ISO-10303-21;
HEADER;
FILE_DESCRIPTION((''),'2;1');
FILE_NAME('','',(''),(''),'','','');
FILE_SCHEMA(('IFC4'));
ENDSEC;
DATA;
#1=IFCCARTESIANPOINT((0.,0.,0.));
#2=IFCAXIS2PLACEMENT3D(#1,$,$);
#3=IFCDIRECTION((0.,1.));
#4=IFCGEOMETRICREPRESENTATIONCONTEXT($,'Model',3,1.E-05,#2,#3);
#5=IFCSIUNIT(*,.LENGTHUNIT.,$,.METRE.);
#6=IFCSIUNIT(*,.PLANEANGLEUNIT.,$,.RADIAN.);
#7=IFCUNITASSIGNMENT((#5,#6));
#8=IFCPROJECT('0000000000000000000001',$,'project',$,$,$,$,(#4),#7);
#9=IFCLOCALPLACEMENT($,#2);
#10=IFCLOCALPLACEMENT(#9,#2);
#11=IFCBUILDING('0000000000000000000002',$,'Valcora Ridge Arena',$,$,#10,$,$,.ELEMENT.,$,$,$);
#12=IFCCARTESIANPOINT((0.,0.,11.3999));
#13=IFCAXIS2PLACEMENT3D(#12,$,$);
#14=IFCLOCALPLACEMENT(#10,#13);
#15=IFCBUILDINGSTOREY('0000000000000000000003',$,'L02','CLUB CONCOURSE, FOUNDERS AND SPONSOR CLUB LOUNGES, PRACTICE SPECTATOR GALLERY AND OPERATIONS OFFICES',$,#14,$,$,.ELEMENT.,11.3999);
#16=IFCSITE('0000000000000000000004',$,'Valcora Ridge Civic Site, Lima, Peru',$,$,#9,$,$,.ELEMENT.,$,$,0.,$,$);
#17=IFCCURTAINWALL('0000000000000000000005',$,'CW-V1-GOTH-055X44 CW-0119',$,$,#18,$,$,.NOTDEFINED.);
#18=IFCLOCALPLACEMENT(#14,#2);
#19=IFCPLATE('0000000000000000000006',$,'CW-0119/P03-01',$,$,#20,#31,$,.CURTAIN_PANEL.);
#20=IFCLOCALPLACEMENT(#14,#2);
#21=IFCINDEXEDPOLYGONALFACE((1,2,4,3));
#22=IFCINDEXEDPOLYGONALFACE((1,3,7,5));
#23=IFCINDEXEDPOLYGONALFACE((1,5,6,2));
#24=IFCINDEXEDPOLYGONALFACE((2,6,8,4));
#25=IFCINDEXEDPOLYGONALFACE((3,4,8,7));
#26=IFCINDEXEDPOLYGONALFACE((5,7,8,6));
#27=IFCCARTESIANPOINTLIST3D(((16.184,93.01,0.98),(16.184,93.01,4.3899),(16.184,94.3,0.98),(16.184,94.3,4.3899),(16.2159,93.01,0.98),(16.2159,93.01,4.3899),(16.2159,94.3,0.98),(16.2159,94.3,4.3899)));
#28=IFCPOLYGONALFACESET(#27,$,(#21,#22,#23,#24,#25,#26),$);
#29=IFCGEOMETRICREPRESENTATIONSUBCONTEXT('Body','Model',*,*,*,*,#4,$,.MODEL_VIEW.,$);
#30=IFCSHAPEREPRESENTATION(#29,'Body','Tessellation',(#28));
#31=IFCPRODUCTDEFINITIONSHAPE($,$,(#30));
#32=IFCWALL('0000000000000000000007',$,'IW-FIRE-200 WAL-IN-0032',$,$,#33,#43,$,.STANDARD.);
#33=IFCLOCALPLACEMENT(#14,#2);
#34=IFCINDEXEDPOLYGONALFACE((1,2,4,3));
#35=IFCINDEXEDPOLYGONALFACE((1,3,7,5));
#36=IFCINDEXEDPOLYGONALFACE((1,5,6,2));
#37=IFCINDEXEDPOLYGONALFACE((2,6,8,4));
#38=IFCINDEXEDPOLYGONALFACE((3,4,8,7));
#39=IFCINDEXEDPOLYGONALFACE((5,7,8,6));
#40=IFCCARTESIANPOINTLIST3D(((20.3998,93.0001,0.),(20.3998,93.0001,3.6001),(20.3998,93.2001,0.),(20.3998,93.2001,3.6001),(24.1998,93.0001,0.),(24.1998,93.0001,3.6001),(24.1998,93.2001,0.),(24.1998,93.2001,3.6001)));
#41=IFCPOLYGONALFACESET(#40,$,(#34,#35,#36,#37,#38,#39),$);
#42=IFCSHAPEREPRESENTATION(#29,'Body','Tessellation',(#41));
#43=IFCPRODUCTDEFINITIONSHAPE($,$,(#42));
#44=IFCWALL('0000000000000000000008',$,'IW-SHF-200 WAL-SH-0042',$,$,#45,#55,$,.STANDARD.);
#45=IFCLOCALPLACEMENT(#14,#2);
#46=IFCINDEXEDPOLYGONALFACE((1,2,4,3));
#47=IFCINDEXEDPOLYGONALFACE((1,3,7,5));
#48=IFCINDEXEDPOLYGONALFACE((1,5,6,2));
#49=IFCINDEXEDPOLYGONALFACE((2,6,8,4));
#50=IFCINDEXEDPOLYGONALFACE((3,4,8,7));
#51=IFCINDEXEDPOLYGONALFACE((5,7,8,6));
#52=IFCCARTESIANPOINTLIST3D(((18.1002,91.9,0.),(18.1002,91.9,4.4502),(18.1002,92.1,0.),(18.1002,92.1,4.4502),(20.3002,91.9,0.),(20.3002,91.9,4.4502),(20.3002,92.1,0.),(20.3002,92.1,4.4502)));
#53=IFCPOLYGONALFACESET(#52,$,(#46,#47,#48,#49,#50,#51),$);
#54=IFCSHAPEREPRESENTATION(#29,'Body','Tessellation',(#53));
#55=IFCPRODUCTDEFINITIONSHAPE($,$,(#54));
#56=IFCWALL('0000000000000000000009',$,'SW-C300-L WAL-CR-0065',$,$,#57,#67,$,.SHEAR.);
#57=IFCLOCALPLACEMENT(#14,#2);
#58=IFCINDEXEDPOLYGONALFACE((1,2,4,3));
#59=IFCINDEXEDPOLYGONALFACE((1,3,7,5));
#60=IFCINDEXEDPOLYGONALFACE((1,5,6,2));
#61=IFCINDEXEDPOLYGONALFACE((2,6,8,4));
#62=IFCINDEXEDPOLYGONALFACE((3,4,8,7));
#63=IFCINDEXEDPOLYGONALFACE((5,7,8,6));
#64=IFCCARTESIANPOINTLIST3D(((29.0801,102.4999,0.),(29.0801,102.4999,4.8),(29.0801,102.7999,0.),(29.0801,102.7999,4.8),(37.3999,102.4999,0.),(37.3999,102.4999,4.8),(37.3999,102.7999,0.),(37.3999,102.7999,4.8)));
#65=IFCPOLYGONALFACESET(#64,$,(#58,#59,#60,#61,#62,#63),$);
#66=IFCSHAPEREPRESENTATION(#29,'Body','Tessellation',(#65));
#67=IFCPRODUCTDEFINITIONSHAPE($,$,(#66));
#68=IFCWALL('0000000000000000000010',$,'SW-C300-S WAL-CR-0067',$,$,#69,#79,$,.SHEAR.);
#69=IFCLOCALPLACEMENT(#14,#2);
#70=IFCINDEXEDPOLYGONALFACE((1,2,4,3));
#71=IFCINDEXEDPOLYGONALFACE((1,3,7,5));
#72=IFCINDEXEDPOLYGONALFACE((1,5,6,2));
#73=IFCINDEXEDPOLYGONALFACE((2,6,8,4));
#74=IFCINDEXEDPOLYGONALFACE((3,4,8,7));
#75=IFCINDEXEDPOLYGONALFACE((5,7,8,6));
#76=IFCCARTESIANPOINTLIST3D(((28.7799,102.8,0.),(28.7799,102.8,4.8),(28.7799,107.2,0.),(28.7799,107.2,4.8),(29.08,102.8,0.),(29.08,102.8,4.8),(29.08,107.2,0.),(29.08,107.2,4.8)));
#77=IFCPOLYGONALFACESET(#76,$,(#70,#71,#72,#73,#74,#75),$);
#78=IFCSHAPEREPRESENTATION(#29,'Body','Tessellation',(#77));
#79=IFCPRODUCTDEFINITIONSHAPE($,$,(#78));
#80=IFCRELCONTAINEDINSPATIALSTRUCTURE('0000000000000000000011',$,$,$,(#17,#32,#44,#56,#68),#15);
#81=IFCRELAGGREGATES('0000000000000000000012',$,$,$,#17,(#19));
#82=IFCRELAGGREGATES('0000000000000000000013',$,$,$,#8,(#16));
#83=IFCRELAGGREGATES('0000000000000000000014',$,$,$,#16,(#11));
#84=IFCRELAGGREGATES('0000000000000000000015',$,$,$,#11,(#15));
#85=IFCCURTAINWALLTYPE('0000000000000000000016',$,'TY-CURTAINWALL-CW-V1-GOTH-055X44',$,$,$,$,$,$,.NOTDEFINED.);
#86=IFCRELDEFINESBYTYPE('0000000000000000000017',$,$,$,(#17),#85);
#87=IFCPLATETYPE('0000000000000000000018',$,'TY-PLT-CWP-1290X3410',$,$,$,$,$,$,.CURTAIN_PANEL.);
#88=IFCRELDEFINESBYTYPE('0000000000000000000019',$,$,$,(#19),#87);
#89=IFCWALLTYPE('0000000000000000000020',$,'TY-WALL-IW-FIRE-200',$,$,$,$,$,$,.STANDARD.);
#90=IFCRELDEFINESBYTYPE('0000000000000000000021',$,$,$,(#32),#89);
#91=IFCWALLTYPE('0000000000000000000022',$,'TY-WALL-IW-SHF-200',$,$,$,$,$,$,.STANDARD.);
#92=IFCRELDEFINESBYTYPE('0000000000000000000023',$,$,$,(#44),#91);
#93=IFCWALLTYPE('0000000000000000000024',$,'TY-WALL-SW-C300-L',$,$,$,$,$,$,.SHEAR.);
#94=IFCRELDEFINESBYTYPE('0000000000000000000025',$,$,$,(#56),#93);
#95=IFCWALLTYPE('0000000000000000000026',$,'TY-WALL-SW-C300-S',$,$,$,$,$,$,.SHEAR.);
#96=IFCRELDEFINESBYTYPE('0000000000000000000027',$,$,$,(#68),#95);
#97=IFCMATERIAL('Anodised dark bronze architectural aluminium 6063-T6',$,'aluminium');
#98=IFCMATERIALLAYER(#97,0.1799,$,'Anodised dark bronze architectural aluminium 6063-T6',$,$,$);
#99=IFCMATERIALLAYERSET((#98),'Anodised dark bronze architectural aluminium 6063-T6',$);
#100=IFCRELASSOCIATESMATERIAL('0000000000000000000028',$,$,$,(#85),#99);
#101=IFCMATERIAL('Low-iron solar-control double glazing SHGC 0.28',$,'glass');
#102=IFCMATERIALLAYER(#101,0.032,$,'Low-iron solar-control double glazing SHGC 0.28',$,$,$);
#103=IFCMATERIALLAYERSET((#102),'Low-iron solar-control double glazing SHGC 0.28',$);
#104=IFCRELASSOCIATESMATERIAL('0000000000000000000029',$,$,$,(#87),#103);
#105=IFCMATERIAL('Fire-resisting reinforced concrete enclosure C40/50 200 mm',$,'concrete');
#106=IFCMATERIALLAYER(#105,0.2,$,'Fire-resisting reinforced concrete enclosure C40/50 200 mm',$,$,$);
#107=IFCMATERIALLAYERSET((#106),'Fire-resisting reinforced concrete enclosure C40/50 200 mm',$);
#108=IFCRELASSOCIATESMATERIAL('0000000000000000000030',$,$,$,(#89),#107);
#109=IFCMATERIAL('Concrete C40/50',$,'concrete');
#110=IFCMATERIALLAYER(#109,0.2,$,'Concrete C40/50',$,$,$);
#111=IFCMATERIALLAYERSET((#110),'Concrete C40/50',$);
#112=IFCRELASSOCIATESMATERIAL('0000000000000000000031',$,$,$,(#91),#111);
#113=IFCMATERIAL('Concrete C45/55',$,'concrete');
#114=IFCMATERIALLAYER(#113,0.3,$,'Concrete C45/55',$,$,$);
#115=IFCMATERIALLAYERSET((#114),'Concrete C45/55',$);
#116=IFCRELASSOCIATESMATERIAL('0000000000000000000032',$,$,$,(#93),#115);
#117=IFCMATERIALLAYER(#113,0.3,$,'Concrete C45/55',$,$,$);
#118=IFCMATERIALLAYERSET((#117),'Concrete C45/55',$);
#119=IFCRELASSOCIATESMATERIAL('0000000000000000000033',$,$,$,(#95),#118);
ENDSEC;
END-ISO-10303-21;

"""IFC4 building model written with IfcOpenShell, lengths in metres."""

from ifc_helpers import new_model, si_unit, direction, frame, frame_2d, origin, origin_2d, place, context, subcontext, project, spatial, rectangle, extrude, material, layer, layer_set, type_object, element, aggregate, save


model = new_model("IFC4")

# Units and contexts
model_context = context("Model", 3, precision=1e-05, world=origin(), true_north=direction((0.0, 1.0)))
body_context = subcontext(model_context, "Body", "Model", "MODEL_VIEW")
ifc_project = project(units=[si_unit("LENGTHUNIT", "METRE"), si_unit("PLANEANGLEUNIT", "RADIAN")], contexts=[model_context])

# Site, building, storey
site_placement = place(None, origin())
site = spatial("IfcSite", under=ifc_project, at=site_placement, Name="Valcora Ridge Civic Site, Lima, Peru", CompositionType="ELEMENT", RefElevation=0.0)
building_placement = place(site_placement, origin())
building = spatial("IfcBuilding", under=site, at=building_placement, Name="Valcora Ridge Arena", CompositionType="ELEMENT")
storey_placement = place(building_placement, frame((0.0, 0.0, 11.3999)))
storey = spatial("IfcBuildingStorey", under=building, at=storey_placement, Name="L02", Description="CLUB CONCOURSE, FOUNDERS AND SPONSOR CLUB LOUNGES, PRACTICE SPECTATOR GALLERY AND OPERATIONS OFFICES", CompositionType="ELEMENT", Elevation=11.3999)

# Shared definitions
ifc_material_1 = material(Name="Concrete C40/50", Category="concrete")

# Curtain wall
ifc_material_2 = material(Name="Anodised dark bronze architectural aluminium 6063-T6", Category="aluminium")
ifc_layer_1 = layer(ifc_material_2, 0.1799, Name="Anodised dark bronze architectural aluminium 6063-T6")
ifc_layer_set_1 = layer_set([ifc_layer_1], Name="Anodised dark bronze architectural aluminium 6063-T6")
curtain_wall_type = type_object("IfcCurtainWallType", Name="TY-CURTAINWALL-CW-V1-GOTH-055X44", PredefinedType="NOTDEFINED", material=ifc_layer_set_1)
curtain_wall_placement = place(storey_placement, origin())
curtain_wall = element("IfcCurtainWall", 1, at=curtain_wall_placement, inside=storey, type_object=curtain_wall_type, Name="CW-V1-GOTH-055X44 CW-0119", PredefinedType="NOTDEFINED")

# Plate
ifc_material_3 = material(Name="Low-iron solar-control double glazing SHGC 0.28", Category="glass")
ifc_layer_2 = layer(ifc_material_3, 0.032, Name="Low-iron solar-control double glazing SHGC 0.28")
ifc_layer_set_2 = layer_set([ifc_layer_2], Name="Low-iron solar-control double glazing SHGC 0.28")
plate_type_1 = type_object("IfcPlateType", Name="TY-PLT-CWP-1290X3410", PredefinedType="CURTAIN_PANEL", material=ifc_layer_set_2)
plate_1_placement = place(storey_placement, frame((16.2, 93.655, 0.98), z_axis=(0.0, 0.0, 1.0), x_axis=(0.0, 1.0, 0.0)))
plate_1 = element("IfcPlate", 2, at=plate_1_placement, type_object=plate_type_1, Name="CW-0119/P03-01", PredefinedType="CURTAIN_PANEL", context=body_context, shape_type="SweptSolid", body=[
    extrude(rectangle(XDim=1.29, YDim=0.032, at=origin_2d()), origin(), (0.0, 0.0, 1.0), 3.4099),
])
aggregate(curtain_wall, [plate_1])

# Walls
ifc_material_4 = material(Name="Fire-resisting reinforced concrete enclosure C40/50 200 mm", Category="concrete")
ifc_layer_3 = layer(ifc_material_4, 0.2, Name="Fire-resisting reinforced concrete enclosure C40/50 200 mm")
ifc_layer_set_3 = layer_set([ifc_layer_3], Name="Fire-resisting reinforced concrete enclosure C40/50 200 mm")
wall_type_1 = type_object("IfcWallType", Name="TY-WALL-IW-FIRE-200", PredefinedType="STANDARD", material=ifc_layer_set_3)
wall_1_placement = place(storey_placement, frame((20.3999, 93.1001, 0.0), z_axis=(0.0, 0.0, 1.0), x_axis=(1.0, 0.0, 0.0)))
element("IfcWall", 3, at=wall_1_placement, inside=storey, type_object=wall_type_1, Name="IW-FIRE-200 WAL-IN-0032", PredefinedType="STANDARD", context=body_context, shape_type="SweptSolid", body=[
    extrude(rectangle(XDim=3.8, YDim=0.2, at=frame_2d((1.8999, 0.0))), origin(), (0.0, 0.0, 1.0), 3.6001),
])
ifc_layer_4 = layer(ifc_material_1, 0.2, Name="Concrete C40/50")
ifc_layer_set_4 = layer_set([ifc_layer_4], Name="Concrete C40/50")
wall_type_2 = type_object("IfcWallType", Name="TY-WALL-IW-SHF-200", PredefinedType="STANDARD", material=ifc_layer_set_4)
wall_2_placement = place(storey_placement, frame((18.1001, 92.0, 0.0), z_axis=(0.0, 0.0, 1.0), x_axis=(1.0, 0.0, 0.0)))
element("IfcWall", 4, at=wall_2_placement, inside=storey, type_object=wall_type_2, Name="IW-SHF-200 WAL-SH-0042", PredefinedType="STANDARD", context=body_context, shape_type="SweptSolid", body=[
    extrude(rectangle(XDim=2.2, YDim=0.2, at=frame_2d((1.1001, 0.0))), origin(), (0.0, 0.0, 1.0), 4.4502),
])
ifc_material_5 = material(Name="Concrete C45/55", Category="concrete")
ifc_layer_5 = layer(ifc_material_5, 0.3, Name="Concrete C45/55")
ifc_layer_set_5 = layer_set([ifc_layer_5], Name="Concrete C45/55")
wall_type_3 = type_object("IfcWallType", Name="TY-WALL-SW-C300-L", PredefinedType="SHEAR", material=ifc_layer_set_5)
wall_3_placement = place(storey_placement, frame((29.0801, 102.6499, 0.0), z_axis=(0.0, 0.0, 1.0), x_axis=(1.0, 0.0, 0.0)))
element("IfcWall", 5, at=wall_3_placement, inside=storey, type_object=wall_type_3, Name="SW-C300-L WAL-CR-0065", PredefinedType="SHEAR", context=body_context, shape_type="SweptSolid", body=[
    extrude(rectangle(XDim=8.3198, YDim=0.3, at=frame_2d((4.1599, 0.0))), origin(), (0.0, 0.0, 1.0), 4.8),
])
ifc_layer_6 = layer(ifc_material_5, 0.3, Name="Concrete C45/55")
ifc_layer_set_6 = layer_set([ifc_layer_6], Name="Concrete C45/55")
wall_type_4 = type_object("IfcWallType", Name="TY-WALL-SW-C300-S", PredefinedType="SHEAR", material=ifc_layer_set_6)
wall_4_placement = place(storey_placement, frame((28.9299, 102.8, 0.0), z_axis=(0.0, 0.0, 1.0), x_axis=(0.0, 1.0, 0.0)))
element("IfcWall", 6, at=wall_4_placement, inside=storey, type_object=wall_type_4, Name="SW-C300-S WAL-CR-0067", PredefinedType="SHEAR", context=body_context, shape_type="SweptSolid", body=[
    extrude(rectangle(XDim=4.3999, YDim=0.3, at=frame_2d((2.2, 0.0))), origin(), (0.0, 0.0, 1.0), 4.8),
])

save(model, "model.ifc")
